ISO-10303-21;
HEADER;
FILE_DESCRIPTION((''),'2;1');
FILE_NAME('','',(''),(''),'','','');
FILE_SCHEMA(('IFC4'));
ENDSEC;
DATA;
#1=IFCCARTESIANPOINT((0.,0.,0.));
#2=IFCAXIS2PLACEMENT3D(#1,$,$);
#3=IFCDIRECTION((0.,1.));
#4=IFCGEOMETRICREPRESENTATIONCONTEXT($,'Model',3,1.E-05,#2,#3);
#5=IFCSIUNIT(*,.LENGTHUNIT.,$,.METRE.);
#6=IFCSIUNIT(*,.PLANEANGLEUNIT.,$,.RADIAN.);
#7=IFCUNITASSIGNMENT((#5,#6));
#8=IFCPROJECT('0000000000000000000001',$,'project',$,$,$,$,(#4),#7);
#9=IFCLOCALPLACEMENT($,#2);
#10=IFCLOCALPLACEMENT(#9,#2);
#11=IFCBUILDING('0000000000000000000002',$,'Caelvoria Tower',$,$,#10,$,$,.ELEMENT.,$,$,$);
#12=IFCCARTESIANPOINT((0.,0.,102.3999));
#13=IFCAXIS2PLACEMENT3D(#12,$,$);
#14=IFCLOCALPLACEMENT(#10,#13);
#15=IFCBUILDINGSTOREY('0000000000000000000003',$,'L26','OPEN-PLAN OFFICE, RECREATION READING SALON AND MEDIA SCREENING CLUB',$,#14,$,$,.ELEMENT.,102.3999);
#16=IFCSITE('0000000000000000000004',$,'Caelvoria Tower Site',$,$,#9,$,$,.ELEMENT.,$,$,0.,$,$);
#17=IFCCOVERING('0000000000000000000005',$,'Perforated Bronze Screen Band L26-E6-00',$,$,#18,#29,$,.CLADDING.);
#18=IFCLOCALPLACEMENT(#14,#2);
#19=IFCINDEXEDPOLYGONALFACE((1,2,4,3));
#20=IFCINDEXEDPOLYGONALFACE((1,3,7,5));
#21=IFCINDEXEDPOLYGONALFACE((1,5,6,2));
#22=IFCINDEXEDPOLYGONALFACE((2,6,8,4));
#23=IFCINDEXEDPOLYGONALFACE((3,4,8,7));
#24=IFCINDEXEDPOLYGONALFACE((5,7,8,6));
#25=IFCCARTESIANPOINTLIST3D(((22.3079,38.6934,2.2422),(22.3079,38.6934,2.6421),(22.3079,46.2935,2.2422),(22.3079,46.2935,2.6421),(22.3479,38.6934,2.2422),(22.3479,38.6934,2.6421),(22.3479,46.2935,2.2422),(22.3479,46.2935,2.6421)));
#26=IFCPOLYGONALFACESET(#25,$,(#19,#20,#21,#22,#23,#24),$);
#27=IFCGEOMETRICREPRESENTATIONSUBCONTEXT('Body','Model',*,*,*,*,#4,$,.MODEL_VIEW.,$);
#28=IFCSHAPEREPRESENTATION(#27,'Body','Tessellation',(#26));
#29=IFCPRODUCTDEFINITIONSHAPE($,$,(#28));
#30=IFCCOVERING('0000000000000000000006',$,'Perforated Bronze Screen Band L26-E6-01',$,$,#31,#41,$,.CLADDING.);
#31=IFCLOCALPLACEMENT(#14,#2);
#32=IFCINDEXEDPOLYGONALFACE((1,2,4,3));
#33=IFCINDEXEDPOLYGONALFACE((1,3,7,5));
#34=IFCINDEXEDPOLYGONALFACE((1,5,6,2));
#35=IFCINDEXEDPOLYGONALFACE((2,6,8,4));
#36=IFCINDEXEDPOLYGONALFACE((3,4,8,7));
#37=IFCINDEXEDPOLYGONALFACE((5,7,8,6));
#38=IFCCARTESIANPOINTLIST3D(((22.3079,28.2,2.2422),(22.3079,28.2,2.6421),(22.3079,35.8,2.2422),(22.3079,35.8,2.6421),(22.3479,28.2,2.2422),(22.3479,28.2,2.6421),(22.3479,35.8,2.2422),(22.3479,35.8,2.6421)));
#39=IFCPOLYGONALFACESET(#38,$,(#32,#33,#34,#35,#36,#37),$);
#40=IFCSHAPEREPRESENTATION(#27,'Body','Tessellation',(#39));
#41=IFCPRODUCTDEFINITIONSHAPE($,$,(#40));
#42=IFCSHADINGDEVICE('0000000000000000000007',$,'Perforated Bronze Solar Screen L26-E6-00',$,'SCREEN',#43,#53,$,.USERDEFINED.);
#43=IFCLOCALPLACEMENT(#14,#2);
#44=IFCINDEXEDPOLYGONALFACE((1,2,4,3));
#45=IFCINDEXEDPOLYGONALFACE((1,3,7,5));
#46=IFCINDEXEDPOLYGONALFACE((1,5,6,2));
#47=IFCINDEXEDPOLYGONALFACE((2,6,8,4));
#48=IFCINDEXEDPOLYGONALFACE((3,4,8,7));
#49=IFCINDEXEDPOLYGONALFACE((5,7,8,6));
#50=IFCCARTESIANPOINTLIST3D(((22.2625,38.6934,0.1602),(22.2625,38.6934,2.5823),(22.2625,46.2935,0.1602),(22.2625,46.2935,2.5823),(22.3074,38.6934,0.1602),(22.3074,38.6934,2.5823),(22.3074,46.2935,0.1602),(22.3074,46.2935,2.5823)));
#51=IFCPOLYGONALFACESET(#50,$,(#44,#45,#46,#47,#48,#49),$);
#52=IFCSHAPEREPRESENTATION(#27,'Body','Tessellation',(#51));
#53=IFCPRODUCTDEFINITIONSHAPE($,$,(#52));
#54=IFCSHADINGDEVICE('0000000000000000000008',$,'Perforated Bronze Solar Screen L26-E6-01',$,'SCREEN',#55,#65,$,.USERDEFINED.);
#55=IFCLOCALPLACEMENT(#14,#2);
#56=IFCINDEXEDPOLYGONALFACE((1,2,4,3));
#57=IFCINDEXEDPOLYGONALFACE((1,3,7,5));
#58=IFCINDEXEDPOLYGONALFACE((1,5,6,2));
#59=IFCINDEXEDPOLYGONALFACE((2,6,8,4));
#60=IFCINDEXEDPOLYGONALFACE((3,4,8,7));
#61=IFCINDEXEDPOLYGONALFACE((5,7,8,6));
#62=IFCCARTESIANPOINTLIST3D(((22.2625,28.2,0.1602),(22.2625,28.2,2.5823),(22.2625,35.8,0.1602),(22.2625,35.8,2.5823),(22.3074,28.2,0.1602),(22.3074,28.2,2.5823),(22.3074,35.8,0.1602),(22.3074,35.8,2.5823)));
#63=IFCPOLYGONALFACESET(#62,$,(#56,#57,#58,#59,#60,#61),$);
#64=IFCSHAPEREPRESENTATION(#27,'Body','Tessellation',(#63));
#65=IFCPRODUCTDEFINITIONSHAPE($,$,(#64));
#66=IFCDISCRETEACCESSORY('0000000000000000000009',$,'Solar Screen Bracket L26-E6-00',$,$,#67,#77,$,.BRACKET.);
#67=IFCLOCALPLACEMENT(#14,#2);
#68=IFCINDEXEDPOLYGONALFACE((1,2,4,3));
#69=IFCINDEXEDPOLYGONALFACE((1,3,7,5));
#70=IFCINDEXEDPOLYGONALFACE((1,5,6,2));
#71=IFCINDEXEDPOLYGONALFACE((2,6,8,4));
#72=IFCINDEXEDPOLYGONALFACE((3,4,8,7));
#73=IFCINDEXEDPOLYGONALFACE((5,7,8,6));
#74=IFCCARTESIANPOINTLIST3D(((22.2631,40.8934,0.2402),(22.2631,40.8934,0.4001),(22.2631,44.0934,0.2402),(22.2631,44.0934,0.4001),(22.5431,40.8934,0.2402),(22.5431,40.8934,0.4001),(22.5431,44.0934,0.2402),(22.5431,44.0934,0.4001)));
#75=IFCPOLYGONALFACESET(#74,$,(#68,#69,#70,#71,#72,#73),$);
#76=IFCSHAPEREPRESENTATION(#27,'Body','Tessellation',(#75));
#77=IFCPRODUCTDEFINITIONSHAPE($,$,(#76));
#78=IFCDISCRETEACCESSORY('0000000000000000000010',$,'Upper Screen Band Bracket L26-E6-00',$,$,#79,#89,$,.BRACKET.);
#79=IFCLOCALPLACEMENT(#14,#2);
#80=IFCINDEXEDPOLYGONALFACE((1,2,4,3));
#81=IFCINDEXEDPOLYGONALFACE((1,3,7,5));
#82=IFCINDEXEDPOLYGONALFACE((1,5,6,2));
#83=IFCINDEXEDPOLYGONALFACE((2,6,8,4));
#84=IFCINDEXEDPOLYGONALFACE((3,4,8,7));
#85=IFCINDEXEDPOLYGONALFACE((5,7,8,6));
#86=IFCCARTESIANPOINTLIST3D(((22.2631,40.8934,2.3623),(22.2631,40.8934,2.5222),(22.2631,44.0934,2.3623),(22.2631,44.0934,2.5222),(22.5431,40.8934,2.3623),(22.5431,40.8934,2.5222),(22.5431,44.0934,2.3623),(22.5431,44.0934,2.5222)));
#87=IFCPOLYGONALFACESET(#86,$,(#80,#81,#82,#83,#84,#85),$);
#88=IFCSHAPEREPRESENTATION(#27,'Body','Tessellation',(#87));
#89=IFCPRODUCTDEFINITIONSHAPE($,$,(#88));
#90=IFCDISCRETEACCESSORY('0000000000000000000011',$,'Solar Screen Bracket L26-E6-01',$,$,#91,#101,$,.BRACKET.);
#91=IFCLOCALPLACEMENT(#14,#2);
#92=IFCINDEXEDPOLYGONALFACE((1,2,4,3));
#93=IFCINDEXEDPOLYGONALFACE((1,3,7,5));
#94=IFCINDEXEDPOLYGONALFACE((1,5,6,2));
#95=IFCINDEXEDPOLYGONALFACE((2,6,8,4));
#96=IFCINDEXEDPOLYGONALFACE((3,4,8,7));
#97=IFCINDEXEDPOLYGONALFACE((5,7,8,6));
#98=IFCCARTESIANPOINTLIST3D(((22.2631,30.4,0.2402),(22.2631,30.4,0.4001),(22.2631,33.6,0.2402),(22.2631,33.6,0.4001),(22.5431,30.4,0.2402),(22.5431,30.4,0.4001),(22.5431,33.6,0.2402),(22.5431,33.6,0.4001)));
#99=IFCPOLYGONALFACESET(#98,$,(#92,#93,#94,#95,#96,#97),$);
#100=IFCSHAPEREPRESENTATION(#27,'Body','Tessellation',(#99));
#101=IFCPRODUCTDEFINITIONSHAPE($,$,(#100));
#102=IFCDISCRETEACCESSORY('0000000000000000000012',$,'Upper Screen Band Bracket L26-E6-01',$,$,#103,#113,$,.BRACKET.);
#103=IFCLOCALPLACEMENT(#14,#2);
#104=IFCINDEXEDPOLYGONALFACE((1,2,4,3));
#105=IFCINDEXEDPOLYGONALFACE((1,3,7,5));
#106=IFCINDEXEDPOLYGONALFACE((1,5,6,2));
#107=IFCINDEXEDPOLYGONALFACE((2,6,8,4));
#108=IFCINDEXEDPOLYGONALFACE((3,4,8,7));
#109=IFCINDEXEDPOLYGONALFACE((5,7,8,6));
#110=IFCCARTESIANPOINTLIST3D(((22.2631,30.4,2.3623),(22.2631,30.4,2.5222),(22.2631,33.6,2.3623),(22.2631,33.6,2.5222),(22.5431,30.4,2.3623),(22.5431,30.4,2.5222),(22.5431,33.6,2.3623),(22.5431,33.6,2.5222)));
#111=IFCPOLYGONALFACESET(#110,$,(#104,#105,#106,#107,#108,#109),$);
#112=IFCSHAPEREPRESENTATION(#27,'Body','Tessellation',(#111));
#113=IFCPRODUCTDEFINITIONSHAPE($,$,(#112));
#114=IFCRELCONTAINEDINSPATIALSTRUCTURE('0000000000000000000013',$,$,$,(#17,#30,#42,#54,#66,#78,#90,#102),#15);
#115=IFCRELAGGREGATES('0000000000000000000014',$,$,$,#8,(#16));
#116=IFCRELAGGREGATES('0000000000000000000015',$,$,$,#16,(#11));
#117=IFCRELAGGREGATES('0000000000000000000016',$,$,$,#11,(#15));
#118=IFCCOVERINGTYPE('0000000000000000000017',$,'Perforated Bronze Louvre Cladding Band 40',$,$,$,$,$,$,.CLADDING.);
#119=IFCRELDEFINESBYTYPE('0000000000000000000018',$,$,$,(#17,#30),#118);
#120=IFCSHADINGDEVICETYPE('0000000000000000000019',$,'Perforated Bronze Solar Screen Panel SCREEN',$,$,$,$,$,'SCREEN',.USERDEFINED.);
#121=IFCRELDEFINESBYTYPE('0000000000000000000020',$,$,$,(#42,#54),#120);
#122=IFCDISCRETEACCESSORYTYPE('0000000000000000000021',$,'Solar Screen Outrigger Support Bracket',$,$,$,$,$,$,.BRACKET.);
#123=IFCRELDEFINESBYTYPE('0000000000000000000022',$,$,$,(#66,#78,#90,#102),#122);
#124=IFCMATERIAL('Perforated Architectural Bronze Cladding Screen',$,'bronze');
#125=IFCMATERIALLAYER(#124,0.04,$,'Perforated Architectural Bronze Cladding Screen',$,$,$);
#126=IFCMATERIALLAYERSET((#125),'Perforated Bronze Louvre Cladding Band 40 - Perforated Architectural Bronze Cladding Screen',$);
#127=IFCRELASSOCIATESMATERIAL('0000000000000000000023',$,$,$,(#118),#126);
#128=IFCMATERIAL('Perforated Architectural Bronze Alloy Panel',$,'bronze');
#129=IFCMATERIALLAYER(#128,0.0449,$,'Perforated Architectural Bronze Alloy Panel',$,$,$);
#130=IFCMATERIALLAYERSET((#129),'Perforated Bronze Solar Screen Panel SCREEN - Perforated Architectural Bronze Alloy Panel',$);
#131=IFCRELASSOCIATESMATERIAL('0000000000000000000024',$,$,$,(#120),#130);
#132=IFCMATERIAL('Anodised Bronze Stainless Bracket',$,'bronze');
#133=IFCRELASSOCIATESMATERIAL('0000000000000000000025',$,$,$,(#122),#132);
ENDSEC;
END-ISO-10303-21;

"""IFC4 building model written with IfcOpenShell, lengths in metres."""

from ifc_helpers import new_model, si_unit, direction, frame, origin, origin_2d, place, context, subcontext, project, spatial, rectangle, extrude, material, layer, layer_set, type_object, element, save


model = new_model("IFC4")

# Units and contexts
model_context = context("Model", 3, precision=1e-05, world=origin(), true_north=direction((0.0, 1.0)))
body_context = subcontext(model_context, "Body", "Model", "MODEL_VIEW")
ifc_project = project(units=[si_unit("LENGTHUNIT", "METRE"), si_unit("PLANEANGLEUNIT", "RADIAN")], contexts=[model_context])

# Site, building, storey
site_placement = place(None, origin())
site = spatial("IfcSite", under=ifc_project, at=site_placement, Name="Caelvoria Tower Site", CompositionType="ELEMENT", RefElevation=0.0)
building_placement = place(site_placement, origin())
building = spatial("IfcBuilding", under=site, at=building_placement, Name="Caelvoria Tower", CompositionType="ELEMENT")
storey_placement = place(building_placement, frame((0.0, 0.0, 102.3999)))
storey = spatial("IfcBuildingStorey", under=building, at=storey_placement, Name="L26", Description="OPEN-PLAN OFFICE, RECREATION READING SALON AND MEDIA SCREENING CLUB", CompositionType="ELEMENT", Elevation=102.3999)

# Coverings
ifc_material_1 = material(Name="Perforated Architectural Bronze Cladding Screen", Category="bronze")
ifc_layer_1 = layer(ifc_material_1, 0.04, Name="Perforated Architectural Bronze Cladding Screen")
ifc_layer_set_1 = layer_set([ifc_layer_1], Name="Perforated Bronze Louvre Cladding Band 40 - Perforated Architectural Bronze Cladding Screen")
covering_type = type_object("IfcCoveringType", Name="Perforated Bronze Louvre Cladding Band 40", PredefinedType="CLADDING", material=ifc_layer_set_1)
for number, where, z_axis, x_axis, name in (
    (1, (22.3279, 42.4934, 2.2422), (0.0, 0.0, 1.0), (0.0, -1.0, 0.0), "Perforated Bronze Screen Band L26-E6-00"),
    (2, (22.3279, 32.0, 2.2422), (0.0, 0.0, 1.0), (0.0, -1.0, 0.0), "Perforated Bronze Screen Band L26-E6-01"),
):
    element("IfcCovering", number, at=place(storey_placement, frame(where, z_axis=z_axis, x_axis=x_axis)), inside=storey, type_object=covering_type, Name=name, PredefinedType="CLADDING", context=body_context, shape_type="SweptSolid", body=[
        extrude(rectangle(XDim=7.6001, YDim=0.04, at=origin_2d()), origin(), (0.0, 0.0, 1.0), 0.3999),
    ])

# Shading devices
ifc_material_2 = material(Name="Perforated Architectural Bronze Alloy Panel", Category="bronze")
ifc_layer_2 = layer(ifc_material_2, 0.0449, Name="Perforated Architectural Bronze Alloy Panel")
ifc_layer_set_2 = layer_set([ifc_layer_2], Name="Perforated Bronze Solar Screen Panel SCREEN - Perforated Architectural Bronze Alloy Panel")
shading_device_type = type_object("IfcShadingDeviceType", Name="Perforated Bronze Solar Screen Panel SCREEN", ElementType="SCREEN", PredefinedType="USERDEFINED", material=ifc_layer_set_2)
for number, where, z_axis, x_axis, name in (
    (3, (22.2849, 42.4934, 0.1602), (0.0, 0.0, 1.0), (0.0, -1.0, 0.0), "Perforated Bronze Solar Screen L26-E6-00"),
    (4, (22.2849, 32.0, 0.1602), (0.0, 0.0, 1.0), (0.0, -1.0, 0.0), "Perforated Bronze Solar Screen L26-E6-01"),
):
    element("IfcShadingDevice", number, at=place(storey_placement, frame(where, z_axis=z_axis, x_axis=x_axis)), inside=storey, type_object=shading_device_type, Name=name, ObjectType="SCREEN", PredefinedType="USERDEFINED", context=body_context, shape_type="SweptSolid", body=[
        extrude(rectangle(XDim=7.6001, YDim=0.0449, at=origin_2d()), origin(), (0.0, 0.0, 1.0), 2.4221),
    ])

# Discrete accessories
ifc_material_3 = material(Name="Anodised Bronze Stainless Bracket", Category="bronze")
discrete_accessory_type = type_object("IfcDiscreteAccessoryType", Name="Solar Screen Outrigger Support Bracket", PredefinedType="BRACKET", material=ifc_material_3)
for number, where, z_axis, x_axis, name in (
    (5, (22.4031, 42.4934, 0.2402), (0.0, 0.0, 1.0), (0.0, -1.0, 0.0), "Solar Screen Bracket L26-E6-00"),
    (6, (22.4031, 42.4934, 2.3623), (0.0, 0.0, 1.0), (0.0, -1.0, 0.0), "Upper Screen Band Bracket L26-E6-00"),
    (7, (22.4031, 32.0, 0.2402), (0.0, 0.0, 1.0), (0.0, -1.0, 0.0), "Solar Screen Bracket L26-E6-01"),
    (8, (22.4031, 32.0, 2.3623), (0.0, 0.0, 1.0), (0.0, -1.0, 0.0), "Upper Screen Band Bracket L26-E6-01"),
):
    element("IfcDiscreteAccessory", number, at=place(storey_placement, frame(where, z_axis=z_axis, x_axis=x_axis)), inside=storey, type_object=discrete_accessory_type, Name=name, PredefinedType="BRACKET", context=body_context, shape_type="SweptSolid", body=[
        extrude(rectangle(XDim=3.2, YDim=0.28, at=origin_2d()), origin(), (0.0, 0.0, 1.0), 0.1599),
    ])

save(model, "model.ifc")
